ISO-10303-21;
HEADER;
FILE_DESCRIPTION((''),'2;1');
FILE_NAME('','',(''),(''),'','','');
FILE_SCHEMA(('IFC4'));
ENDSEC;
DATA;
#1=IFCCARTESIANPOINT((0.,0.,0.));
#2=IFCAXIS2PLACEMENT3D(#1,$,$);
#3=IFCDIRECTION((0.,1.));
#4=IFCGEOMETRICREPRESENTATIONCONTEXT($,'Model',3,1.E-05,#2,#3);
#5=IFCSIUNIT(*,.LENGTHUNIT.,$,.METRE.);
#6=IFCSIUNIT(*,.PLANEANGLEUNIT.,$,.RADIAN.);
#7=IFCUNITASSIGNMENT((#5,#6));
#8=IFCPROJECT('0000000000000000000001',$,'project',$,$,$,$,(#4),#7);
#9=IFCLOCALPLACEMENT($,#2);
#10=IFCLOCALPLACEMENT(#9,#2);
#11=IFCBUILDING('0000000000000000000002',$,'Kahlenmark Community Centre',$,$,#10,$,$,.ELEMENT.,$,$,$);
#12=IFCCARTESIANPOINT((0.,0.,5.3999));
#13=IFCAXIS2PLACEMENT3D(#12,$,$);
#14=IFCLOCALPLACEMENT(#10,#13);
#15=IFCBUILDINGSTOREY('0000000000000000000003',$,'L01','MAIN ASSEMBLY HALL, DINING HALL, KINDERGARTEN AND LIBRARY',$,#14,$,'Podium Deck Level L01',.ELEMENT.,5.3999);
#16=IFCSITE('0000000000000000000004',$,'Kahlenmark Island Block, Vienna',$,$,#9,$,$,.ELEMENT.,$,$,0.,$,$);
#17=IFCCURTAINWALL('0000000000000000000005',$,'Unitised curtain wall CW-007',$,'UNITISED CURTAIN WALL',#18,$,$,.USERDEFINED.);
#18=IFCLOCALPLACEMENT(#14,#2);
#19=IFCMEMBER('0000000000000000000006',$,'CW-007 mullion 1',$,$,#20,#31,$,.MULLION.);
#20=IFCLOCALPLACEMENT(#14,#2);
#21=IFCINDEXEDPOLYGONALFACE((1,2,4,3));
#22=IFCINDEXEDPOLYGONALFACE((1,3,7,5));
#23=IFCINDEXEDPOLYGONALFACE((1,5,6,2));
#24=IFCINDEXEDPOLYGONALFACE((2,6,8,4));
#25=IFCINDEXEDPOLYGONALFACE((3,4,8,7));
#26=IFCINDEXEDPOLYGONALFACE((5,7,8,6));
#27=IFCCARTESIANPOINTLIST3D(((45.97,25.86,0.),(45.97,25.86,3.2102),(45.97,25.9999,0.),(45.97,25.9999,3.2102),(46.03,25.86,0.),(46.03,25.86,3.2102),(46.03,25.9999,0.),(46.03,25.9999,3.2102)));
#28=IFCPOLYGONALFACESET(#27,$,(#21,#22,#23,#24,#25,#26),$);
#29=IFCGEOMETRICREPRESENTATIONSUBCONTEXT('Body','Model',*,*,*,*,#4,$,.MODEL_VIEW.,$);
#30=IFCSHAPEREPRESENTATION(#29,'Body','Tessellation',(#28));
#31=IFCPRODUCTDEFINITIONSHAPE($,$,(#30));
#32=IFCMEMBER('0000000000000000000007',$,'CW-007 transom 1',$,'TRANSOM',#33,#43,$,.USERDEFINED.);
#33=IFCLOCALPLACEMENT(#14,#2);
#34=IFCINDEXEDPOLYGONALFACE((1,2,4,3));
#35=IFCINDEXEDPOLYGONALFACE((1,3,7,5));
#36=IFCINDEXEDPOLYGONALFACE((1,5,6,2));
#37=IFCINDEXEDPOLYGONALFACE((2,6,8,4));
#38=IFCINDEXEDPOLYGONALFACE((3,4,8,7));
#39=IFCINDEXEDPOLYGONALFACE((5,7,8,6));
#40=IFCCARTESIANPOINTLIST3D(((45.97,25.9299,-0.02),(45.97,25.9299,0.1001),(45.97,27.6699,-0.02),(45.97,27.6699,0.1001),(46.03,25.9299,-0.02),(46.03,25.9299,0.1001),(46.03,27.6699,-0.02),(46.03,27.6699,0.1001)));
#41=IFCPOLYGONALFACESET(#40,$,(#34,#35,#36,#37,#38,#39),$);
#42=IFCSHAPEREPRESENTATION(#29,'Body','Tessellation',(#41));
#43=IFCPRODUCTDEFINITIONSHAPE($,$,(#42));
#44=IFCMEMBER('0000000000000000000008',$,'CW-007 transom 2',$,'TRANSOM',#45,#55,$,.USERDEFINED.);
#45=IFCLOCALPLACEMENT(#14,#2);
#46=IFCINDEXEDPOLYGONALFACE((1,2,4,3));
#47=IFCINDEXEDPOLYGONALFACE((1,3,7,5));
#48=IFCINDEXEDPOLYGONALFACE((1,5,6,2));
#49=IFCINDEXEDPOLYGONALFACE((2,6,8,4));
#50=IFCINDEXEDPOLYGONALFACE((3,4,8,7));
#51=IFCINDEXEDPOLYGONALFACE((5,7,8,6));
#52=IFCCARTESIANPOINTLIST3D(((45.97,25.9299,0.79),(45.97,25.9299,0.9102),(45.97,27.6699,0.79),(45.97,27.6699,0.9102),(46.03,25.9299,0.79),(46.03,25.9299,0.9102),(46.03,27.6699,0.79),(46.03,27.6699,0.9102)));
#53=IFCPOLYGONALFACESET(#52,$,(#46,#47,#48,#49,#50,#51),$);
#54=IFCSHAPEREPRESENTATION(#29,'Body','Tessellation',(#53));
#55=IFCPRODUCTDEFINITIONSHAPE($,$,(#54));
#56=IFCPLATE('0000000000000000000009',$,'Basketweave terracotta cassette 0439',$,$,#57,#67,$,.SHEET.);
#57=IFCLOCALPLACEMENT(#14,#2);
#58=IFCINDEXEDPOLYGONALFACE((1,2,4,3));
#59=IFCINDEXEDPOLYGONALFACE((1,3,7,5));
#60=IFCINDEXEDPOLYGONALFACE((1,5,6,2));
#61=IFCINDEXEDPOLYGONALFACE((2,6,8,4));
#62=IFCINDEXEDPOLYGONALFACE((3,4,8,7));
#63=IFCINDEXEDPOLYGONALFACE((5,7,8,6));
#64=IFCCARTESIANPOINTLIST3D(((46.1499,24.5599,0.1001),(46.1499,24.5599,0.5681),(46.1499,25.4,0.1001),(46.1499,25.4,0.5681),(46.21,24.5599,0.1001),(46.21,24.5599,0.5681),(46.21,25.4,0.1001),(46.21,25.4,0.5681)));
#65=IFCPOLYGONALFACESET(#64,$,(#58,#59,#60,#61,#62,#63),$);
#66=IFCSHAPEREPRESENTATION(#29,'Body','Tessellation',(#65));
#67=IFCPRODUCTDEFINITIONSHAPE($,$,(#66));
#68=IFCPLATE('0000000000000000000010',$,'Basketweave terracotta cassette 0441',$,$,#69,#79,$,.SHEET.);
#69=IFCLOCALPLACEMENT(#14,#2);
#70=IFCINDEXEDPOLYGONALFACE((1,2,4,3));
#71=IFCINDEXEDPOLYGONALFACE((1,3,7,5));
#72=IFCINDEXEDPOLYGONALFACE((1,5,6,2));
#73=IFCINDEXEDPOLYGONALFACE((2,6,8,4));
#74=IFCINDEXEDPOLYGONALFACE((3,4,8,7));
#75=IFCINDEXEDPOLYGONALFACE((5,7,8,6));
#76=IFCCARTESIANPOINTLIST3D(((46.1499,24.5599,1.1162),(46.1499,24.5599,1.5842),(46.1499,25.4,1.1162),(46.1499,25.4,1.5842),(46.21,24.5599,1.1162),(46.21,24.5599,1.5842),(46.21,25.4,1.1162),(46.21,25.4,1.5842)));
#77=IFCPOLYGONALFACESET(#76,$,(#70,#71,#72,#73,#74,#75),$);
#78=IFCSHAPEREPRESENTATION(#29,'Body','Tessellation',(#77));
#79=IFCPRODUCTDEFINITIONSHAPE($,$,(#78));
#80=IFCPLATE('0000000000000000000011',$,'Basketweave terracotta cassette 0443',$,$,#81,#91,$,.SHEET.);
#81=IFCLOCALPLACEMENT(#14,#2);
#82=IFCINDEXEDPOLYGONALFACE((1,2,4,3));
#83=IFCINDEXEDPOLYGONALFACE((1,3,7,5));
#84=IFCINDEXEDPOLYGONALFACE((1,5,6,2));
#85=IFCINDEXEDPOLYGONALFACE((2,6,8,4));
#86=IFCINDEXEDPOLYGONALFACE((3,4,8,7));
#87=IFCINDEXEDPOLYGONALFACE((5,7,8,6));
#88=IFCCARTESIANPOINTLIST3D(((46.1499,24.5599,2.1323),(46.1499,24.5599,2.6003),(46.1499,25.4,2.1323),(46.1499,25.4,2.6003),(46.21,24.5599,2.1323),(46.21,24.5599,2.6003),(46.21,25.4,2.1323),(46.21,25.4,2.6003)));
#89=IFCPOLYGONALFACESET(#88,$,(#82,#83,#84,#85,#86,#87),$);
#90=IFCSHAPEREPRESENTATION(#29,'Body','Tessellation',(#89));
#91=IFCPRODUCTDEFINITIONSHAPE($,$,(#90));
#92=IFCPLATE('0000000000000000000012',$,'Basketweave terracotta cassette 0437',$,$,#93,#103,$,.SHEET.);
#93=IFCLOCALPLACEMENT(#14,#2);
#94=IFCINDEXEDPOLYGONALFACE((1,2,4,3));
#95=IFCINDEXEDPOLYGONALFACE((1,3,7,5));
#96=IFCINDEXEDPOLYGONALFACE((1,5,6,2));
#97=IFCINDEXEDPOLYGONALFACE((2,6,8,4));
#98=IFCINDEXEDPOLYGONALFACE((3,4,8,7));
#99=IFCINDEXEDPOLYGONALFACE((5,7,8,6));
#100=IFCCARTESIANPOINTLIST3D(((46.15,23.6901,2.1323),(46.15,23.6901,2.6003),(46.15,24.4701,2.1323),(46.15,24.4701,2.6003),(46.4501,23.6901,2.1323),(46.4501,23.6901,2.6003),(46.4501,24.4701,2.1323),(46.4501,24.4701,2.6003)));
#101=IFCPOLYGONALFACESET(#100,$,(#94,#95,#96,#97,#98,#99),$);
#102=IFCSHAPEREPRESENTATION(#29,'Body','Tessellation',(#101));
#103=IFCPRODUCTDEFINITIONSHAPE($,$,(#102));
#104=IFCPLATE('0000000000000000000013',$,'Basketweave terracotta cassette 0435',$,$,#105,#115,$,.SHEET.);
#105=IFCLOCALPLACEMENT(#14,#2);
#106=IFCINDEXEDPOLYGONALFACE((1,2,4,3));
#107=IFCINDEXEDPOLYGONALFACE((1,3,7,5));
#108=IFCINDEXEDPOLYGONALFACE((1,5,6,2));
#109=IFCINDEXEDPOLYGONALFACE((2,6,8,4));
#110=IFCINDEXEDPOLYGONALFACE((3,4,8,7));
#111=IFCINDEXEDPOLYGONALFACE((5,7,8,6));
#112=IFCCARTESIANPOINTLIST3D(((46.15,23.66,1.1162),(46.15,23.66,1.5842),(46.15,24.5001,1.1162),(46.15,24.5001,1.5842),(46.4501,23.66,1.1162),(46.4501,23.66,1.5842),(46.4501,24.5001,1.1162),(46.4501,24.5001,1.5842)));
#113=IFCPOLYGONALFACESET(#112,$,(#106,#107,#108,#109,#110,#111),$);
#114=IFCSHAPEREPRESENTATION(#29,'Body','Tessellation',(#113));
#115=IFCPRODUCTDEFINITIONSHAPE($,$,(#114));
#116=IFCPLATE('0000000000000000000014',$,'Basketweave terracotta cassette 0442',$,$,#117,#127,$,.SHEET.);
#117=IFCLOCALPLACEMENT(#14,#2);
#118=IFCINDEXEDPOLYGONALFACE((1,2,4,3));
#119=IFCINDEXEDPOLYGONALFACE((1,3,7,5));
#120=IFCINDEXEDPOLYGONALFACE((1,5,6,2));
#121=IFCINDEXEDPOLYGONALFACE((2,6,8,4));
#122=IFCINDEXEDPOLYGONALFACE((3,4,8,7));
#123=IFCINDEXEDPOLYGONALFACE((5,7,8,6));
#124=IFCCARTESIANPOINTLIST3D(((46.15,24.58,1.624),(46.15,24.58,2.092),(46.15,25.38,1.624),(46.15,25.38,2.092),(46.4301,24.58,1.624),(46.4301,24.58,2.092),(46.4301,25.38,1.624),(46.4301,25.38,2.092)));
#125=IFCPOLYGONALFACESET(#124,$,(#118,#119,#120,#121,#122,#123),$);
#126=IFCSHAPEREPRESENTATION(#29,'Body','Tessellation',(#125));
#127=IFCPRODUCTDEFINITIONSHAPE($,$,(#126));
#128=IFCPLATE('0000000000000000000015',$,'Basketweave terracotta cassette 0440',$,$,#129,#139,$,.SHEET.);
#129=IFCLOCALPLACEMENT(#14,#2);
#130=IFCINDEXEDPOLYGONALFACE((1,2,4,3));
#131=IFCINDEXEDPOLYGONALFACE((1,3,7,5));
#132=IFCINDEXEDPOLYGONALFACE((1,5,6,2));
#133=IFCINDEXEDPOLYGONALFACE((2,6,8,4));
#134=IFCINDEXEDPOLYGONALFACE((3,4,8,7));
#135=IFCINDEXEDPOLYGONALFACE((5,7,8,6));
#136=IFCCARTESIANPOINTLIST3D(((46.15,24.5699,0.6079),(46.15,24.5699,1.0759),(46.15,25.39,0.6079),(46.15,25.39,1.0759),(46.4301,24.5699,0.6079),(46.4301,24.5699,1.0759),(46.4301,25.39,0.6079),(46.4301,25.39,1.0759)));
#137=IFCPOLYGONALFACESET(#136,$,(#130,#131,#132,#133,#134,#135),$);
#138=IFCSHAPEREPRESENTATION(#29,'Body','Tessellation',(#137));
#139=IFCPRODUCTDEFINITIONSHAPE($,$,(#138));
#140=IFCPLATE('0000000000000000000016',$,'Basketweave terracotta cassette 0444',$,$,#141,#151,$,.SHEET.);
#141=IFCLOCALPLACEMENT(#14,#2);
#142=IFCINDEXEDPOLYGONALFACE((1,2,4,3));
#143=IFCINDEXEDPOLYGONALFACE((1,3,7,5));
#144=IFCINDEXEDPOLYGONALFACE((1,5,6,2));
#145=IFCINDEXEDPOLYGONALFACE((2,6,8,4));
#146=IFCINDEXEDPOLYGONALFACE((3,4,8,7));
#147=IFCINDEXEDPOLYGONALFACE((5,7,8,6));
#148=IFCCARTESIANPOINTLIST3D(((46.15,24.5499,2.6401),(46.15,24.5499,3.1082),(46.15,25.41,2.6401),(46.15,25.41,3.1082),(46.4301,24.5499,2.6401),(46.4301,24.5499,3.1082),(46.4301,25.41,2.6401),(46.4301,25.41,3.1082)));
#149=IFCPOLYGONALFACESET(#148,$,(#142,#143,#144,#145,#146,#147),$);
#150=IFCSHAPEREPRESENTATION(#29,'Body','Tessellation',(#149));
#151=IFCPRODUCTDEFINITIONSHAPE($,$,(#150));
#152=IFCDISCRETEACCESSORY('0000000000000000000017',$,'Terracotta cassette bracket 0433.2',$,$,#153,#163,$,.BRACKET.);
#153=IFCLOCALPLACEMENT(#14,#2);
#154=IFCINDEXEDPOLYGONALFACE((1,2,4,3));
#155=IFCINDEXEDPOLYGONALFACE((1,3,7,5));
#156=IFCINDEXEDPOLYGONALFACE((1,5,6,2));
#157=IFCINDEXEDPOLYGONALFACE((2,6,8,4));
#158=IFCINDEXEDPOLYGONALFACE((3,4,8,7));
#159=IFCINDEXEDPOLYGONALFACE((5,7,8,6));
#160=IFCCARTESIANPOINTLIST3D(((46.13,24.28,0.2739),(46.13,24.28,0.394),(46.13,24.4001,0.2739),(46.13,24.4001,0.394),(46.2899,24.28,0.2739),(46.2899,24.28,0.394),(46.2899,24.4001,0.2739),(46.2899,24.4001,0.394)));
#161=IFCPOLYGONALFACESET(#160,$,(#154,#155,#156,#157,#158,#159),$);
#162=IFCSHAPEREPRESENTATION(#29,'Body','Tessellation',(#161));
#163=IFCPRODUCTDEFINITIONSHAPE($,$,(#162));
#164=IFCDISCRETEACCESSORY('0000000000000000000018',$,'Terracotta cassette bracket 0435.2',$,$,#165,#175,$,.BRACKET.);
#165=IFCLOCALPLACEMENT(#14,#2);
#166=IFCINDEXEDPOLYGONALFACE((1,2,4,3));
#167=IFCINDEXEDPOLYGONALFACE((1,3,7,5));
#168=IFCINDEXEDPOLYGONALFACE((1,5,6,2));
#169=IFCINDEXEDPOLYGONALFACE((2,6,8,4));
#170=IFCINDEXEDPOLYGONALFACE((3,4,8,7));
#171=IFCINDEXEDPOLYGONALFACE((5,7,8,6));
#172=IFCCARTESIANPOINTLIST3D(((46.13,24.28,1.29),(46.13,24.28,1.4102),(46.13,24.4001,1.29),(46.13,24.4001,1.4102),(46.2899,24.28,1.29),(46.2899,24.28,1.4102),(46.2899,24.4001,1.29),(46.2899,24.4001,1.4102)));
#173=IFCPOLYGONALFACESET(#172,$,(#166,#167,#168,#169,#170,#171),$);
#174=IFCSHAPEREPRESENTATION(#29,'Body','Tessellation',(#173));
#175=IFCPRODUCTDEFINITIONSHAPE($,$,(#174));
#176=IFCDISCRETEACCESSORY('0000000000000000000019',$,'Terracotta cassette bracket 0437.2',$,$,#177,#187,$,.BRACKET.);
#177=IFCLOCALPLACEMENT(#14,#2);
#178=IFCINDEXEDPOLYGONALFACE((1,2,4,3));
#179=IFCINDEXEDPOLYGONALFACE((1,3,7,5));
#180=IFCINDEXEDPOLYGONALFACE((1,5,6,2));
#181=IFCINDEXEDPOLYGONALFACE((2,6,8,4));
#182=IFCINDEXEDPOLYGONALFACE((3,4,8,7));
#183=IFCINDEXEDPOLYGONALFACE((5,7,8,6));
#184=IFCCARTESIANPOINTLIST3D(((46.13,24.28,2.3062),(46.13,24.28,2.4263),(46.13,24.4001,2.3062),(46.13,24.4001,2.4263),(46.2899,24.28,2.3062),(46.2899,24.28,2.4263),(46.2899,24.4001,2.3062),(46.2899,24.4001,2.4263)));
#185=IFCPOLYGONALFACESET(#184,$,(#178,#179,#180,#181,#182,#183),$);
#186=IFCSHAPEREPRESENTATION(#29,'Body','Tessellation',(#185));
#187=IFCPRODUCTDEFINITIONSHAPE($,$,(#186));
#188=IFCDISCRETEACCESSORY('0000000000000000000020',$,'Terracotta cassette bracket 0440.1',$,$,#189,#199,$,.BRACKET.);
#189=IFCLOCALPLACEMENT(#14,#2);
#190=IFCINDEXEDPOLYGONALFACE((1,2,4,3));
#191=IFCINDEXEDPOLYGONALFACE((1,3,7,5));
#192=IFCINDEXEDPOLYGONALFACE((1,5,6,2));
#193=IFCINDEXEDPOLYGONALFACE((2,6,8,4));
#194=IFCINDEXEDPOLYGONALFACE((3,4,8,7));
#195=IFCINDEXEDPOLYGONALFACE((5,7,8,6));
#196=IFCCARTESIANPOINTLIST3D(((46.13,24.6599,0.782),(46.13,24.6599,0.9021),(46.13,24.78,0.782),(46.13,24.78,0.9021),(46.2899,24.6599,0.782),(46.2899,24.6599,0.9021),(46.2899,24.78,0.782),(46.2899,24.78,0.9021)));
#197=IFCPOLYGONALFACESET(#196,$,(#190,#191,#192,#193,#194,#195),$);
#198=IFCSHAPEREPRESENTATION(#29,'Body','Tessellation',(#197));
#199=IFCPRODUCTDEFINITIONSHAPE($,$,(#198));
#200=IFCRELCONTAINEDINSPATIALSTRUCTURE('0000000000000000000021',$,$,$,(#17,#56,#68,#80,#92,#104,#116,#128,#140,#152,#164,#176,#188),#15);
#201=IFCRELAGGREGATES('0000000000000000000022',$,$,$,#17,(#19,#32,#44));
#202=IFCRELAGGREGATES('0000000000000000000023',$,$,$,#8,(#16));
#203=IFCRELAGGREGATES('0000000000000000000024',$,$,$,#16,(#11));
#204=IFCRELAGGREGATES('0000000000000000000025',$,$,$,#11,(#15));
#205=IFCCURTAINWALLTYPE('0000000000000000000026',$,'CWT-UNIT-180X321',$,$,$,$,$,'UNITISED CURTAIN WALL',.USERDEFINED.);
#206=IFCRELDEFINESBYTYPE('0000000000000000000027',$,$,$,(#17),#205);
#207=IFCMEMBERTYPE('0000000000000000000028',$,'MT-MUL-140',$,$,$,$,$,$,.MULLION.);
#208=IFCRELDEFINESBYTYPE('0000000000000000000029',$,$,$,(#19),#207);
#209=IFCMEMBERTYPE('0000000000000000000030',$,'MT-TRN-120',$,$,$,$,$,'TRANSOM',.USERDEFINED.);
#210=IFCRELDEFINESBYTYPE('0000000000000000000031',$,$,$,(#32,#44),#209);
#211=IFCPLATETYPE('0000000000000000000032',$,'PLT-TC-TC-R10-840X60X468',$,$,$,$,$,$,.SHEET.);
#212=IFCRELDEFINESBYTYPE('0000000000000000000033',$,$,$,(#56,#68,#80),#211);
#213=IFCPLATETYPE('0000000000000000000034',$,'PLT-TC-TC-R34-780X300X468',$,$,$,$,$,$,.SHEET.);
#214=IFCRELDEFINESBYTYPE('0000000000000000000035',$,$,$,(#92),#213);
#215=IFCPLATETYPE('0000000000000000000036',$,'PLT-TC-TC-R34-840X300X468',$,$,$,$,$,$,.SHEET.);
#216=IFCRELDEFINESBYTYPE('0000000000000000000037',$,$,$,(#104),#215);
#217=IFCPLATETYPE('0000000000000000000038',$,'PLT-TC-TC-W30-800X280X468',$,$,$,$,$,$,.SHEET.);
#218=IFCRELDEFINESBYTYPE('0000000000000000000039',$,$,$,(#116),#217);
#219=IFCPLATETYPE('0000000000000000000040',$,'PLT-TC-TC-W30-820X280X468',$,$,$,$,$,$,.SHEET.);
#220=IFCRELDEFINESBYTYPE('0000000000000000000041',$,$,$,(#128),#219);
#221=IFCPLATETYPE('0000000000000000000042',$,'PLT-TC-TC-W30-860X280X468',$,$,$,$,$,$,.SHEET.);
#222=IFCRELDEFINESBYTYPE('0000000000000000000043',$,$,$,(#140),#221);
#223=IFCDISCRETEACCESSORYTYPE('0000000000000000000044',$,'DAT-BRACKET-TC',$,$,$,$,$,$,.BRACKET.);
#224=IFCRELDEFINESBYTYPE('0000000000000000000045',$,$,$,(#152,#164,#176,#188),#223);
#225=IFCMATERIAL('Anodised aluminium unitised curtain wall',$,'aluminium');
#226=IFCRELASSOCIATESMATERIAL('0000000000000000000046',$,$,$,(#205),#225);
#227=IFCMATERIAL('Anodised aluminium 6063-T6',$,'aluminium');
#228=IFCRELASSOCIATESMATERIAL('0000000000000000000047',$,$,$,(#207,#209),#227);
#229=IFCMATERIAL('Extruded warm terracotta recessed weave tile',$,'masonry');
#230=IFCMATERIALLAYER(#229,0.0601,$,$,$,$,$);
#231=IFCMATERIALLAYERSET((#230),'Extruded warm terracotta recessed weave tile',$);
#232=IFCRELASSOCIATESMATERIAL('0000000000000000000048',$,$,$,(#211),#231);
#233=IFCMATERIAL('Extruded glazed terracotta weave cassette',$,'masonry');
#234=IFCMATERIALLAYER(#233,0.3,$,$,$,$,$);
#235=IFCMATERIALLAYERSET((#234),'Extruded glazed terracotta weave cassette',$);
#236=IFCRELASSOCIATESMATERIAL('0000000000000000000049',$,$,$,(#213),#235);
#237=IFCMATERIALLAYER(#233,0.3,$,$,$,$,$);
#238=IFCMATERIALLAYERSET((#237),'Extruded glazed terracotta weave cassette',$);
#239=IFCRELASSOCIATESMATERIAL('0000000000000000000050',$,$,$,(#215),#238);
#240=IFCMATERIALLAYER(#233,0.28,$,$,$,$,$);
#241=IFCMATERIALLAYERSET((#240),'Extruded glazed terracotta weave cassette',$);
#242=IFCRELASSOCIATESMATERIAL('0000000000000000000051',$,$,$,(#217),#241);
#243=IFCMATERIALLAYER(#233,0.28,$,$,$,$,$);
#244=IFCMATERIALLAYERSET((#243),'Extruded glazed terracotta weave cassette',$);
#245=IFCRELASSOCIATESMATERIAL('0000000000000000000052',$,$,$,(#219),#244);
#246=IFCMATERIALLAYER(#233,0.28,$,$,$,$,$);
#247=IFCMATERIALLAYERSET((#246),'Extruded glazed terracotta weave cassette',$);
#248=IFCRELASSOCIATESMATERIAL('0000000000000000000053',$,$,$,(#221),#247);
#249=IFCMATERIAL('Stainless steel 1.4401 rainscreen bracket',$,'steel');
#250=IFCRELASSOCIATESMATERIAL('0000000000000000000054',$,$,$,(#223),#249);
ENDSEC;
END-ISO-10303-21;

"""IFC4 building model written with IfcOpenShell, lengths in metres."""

from ifc_helpers import new_model, si_unit, direction, frame, origin, origin_2d, place, context, subcontext, project, spatial, rectangle, extrude, material, layer, layer_set, material_profile, profile_set, type_object, element, aggregate, save


model = new_model("IFC4")

# Units and contexts
model_context = context("Model", 3, precision=1e-05, world=origin(), true_north=direction((0.0, 1.0)))
body_context = subcontext(model_context, "Body", "Model", "MODEL_VIEW")
ifc_project = project(units=[si_unit("LENGTHUNIT", "METRE"), si_unit("PLANEANGLEUNIT", "RADIAN")], contexts=[model_context])

# Site, building, storey
site_placement = place(None, origin())
site = spatial("IfcSite", under=ifc_project, at=site_placement, Name="Kahlenmark Island Block, Vienna", CompositionType="ELEMENT", RefElevation=0.0)
building_placement = place(site_placement, origin())
building = spatial("IfcBuilding", under=site, at=building_placement, Name="Kahlenmark Community Centre", CompositionType="ELEMENT")
storey_placement = place(building_placement, frame((0.0, 0.0, 5.3999)))
storey = spatial("IfcBuildingStorey", under=building, at=storey_placement, Name="L01", Description="MAIN ASSEMBLY HALL, DINING HALL, KINDERGARTEN AND LIBRARY", LongName="Podium Deck Level L01", CompositionType="ELEMENT", Elevation=5.3999)

# Curtain wall, members
ifc_material_1 = material(Name="Anodised aluminium unitised curtain wall", Category="aluminium")
curtain_wall_type = type_object("IfcCurtainWallType", Name="CWT-UNIT-180X321", ElementType="UNITISED CURTAIN WALL", PredefinedType="USERDEFINED", material=ifc_material_1)
curtain_wall_placement = place(storey_placement, origin())
curtain_wall = element("IfcCurtainWall", 1, at=curtain_wall_placement, inside=storey, type_object=curtain_wall_type, Name="Unitised curtain wall CW-007", ObjectType="UNITISED CURTAIN WALL", PredefinedType="USERDEFINED")
ifc_material_2 = material(Name="Anodised aluminium 6063-T6", Category="aluminium")
ifc_material_profile_1 = material_profile(ifc_material_2, rectangle(XDim=0.0601, YDim=0.1399, at=origin_2d()), Name="ALU MULLION 60x140")
ifc_profile_set_1 = profile_set([ifc_material_profile_1], Name="Anodised aluminium 6063-T6")
member_type_1 = type_object("IfcMemberType", Name="MT-MUL-140", PredefinedType="MULLION", material=ifc_profile_set_1)
member_1_placement = place(storey_placement, frame((46.0, 25.9299, 0.0), z_axis=(0.0, 0.0, 1.0), x_axis=(-1.0, 0.0, 0.0)))
member_1 = element("IfcMember", 2, at=member_1_placement, type_object=member_type_1, Name="CW-007 mullion 1", PredefinedType="MULLION", context=body_context, shape_type="SweptSolid", body=[
    extrude(rectangle(XDim=0.0601, YDim=0.1399, at=origin_2d()), origin(), (0.0, 0.0, 1.0), 3.2102),
])
ifc_material_profile_2 = material_profile(ifc_material_2, rectangle(XDim=0.0601, YDim=0.1201, at=origin_2d()), Name="ALU TRANSOM 60x120")
ifc_profile_set_2 = profile_set([ifc_material_profile_2], Name="Anodised aluminium 6063-T6")
member_type_2 = type_object("IfcMemberType", Name="MT-TRN-120", ElementType="TRANSOM", PredefinedType="USERDEFINED", material=ifc_profile_set_2)
member_2_placement = place(storey_placement, frame((46.0, 25.9299, 0.04), z_axis=(0.0, 1.0, 0.0), x_axis=(-1.0, 0.0, 0.0)))
member_2 = element("IfcMember", 3, at=member_2_placement, type_object=member_type_2, Name="CW-007 transom 1", ObjectType="TRANSOM", PredefinedType="USERDEFINED", context=body_context, shape_type="SweptSolid", body=[
    extrude(rectangle(XDim=0.0601, YDim=0.1201, at=origin_2d()), origin(), (0.0, 0.0, 1.0), 1.74),
])
member_3_placement = place(storey_placement, frame((46.0, 25.9299, 0.8501), z_axis=(0.0, 1.0, 0.0), x_axis=(-1.0, 0.0, 0.0)))
member_3 = element("IfcMember", 4, at=member_3_placement, type_object=member_type_2, Name="CW-007 transom 2", ObjectType="TRANSOM", PredefinedType="USERDEFINED", context=body_context, shape_type="SweptSolid", body=[
    extrude(rectangle(XDim=0.0601, YDim=0.1201, at=origin_2d()), origin(), (0.0, 0.0, 1.0), 1.74),
])
aggregate(curtain_wall, [member_1, member_2, member_3])

# Plates
ifc_material_3 = material(Name="Extruded warm terracotta recessed weave tile", Category="masonry")
ifc_layer_1 = layer(ifc_material_3, 0.0601)
ifc_layer_set_1 = layer_set([ifc_layer_1], Name="Extruded warm terracotta recessed weave tile")
plate_type_1 = type_object("IfcPlateType", Name="PLT-TC-TC-R10-840X60X468", PredefinedType="SHEET", material=ifc_layer_set_1)
for number, where, z_axis, x_axis, name in (
    (5, (46.1799, 24.98, 0.1001), (0.0, 0.0, 1.0), (0.0, 1.0, 0.0), "Basketweave terracotta cassette 0439"),
    (6, (46.1799, 24.98, 1.1162), (0.0, 0.0, 1.0), (0.0, 1.0, 0.0), "Basketweave terracotta cassette 0441"),
    (7, (46.1799, 24.98, 2.1323), (0.0, 0.0, 1.0), (0.0, 1.0, 0.0), "Basketweave terracotta cassette 0443"),
):
    element("IfcPlate", number, at=place(storey_placement, frame(where, z_axis=z_axis, x_axis=x_axis)), inside=storey, type_object=plate_type_1, Name=name, PredefinedType="SHEET", context=body_context, shape_type="SweptSolid", body=[
        extrude(rectangle(XDim=0.8401, YDim=0.0601, at=origin_2d()), origin(), (0.0, 0.0, 1.0), 0.468),
    ])
ifc_material_4 = material(Name="Extruded glazed terracotta weave cassette", Category="masonry")
ifc_layer_2 = layer(ifc_material_4, 0.3)
ifc_layer_set_2 = layer_set([ifc_layer_2], Name="Extruded glazed terracotta weave cassette")
plate_type_2 = type_object("IfcPlateType", Name="PLT-TC-TC-R34-780X300X468", PredefinedType="SHEET", material=ifc_layer_set_2)
plate_1_placement = place(storey_placement, frame((46.3, 24.0801, 2.1323), z_axis=(0.0, 0.0, 1.0), x_axis=(0.0, 1.0, 0.0)))
element("IfcPlate", 8, at=plate_1_placement, inside=storey, type_object=plate_type_2, Name="Basketweave terracotta cassette 0437", PredefinedType="SHEET", context=body_context, shape_type="SweptSolid", body=[
    extrude(rectangle(XDim=0.78, YDim=0.3, at=origin_2d()), origin(), (0.0, 0.0, 1.0), 0.468),
])
ifc_layer_3 = layer(ifc_material_4, 0.3)
ifc_layer_set_3 = layer_set([ifc_layer_3], Name="Extruded glazed terracotta weave cassette")
plate_type_3 = type_object("IfcPlateType", Name="PLT-TC-TC-R34-840X300X468", PredefinedType="SHEET", material=ifc_layer_set_3)
plate_2_placement = place(storey_placement, frame((46.3, 24.0801, 1.1162), z_axis=(0.0, 0.0, 1.0), x_axis=(0.0, 1.0, 0.0)))
element("IfcPlate", 9, at=plate_2_placement, inside=storey, type_object=plate_type_3, Name="Basketweave terracotta cassette 0435", PredefinedType="SHEET", context=body_context, shape_type="SweptSolid", body=[
    extrude(rectangle(XDim=0.8401, YDim=0.3, at=origin_2d()), origin(), (0.0, 0.0, 1.0), 0.468),
])
ifc_layer_4 = layer(ifc_material_4, 0.28)
ifc_layer_set_4 = layer_set([ifc_layer_4], Name="Extruded glazed terracotta weave cassette")
plate_type_4 = type_object("IfcPlateType", Name="PLT-TC-TC-W30-800X280X468", PredefinedType="SHEET", material=ifc_layer_set_4)
plate_3_placement = place(storey_placement, frame((46.29, 24.98, 1.624), z_axis=(0.0, 0.0, 1.0), x_axis=(0.0, 1.0, 0.0)))
element("IfcPlate", 10, at=plate_3_placement, inside=storey, type_object=plate_type_4, Name="Basketweave terracotta cassette 0442", PredefinedType="SHEET", context=body_context, shape_type="SweptSolid", body=[
    extrude(rectangle(XDim=0.8, YDim=0.28, at=origin_2d()), origin(), (0.0, 0.0, 1.0), 0.468),
])
ifc_layer_5 = layer(ifc_material_4, 0.28)
ifc_layer_set_5 = layer_set([ifc_layer_5], Name="Extruded glazed terracotta weave cassette")
plate_type_5 = type_object("IfcPlateType", Name="PLT-TC-TC-W30-820X280X468", PredefinedType="SHEET", material=ifc_layer_set_5)
plate_4_placement = place(storey_placement, frame((46.29, 24.98, 0.6079), z_axis=(0.0, 0.0, 1.0), x_axis=(0.0, 1.0, 0.0)))
element("IfcPlate", 11, at=plate_4_placement, inside=storey, type_object=plate_type_5, Name="Basketweave terracotta cassette 0440", PredefinedType="SHEET", context=body_context, shape_type="SweptSolid", body=[
    extrude(rectangle(XDim=0.8201, YDim=0.28, at=origin_2d()), origin(), (0.0, 0.0, 1.0), 0.468),
])
ifc_layer_6 = layer(ifc_material_4, 0.28)
ifc_layer_set_6 = layer_set([ifc_layer_6], Name="Extruded glazed terracotta weave cassette")
plate_type_6 = type_object("IfcPlateType", Name="PLT-TC-TC-W30-860X280X468", PredefinedType="SHEET", material=ifc_layer_set_6)
plate_5_placement = place(storey_placement, frame((46.29, 24.98, 2.6401), z_axis=(0.0, 0.0, 1.0), x_axis=(0.0, 1.0, 0.0)))
element("IfcPlate", 12, at=plate_5_placement, inside=storey, type_object=plate_type_6, Name="Basketweave terracotta cassette 0444", PredefinedType="SHEET", context=body_context, shape_type="SweptSolid", body=[
    extrude(rectangle(XDim=0.8601, YDim=0.28, at=origin_2d()), origin(), (0.0, 0.0, 1.0), 0.468),
])

# Discrete accessories
ifc_material_5 = material(Name="Stainless steel 1.4401 rainscreen bracket", Category="steel")
discrete_accessory_type = type_object("IfcDiscreteAccessoryType", Name="DAT-BRACKET-TC", PredefinedType="BRACKET", material=ifc_material_5)
for number, where, z_axis, x_axis, name in (
    (13, (46.21, 24.3401, 0.2739), (0.0, 0.0, 1.0), (0.0, 1.0, 0.0), "Terracotta cassette bracket 0433.2"),
    (14, (46.21, 24.3401, 1.29), (0.0, 0.0, 1.0), (0.0, 1.0, 0.0), "Terracotta cassette bracket 0435.2"),
    (15, (46.21, 24.3401, 2.3062), (0.0, 0.0, 1.0), (0.0, 1.0, 0.0), "Terracotta cassette bracket 0437.2"),
    (16, (46.21, 24.72, 0.782), (0.0, 0.0, 1.0), (0.0, 1.0, 0.0), "Terracotta cassette bracket 0440.1"),
):
    element("IfcDiscreteAccessory", number, at=place(storey_placement, frame(where, z_axis=z_axis, x_axis=x_axis)), inside=storey, type_object=discrete_accessory_type, Name=name, PredefinedType="BRACKET", context=body_context, shape_type="SweptSolid", body=[
        extrude(rectangle(XDim=0.1201, YDim=0.1599, at=origin_2d()), origin(), (0.0, 0.0, 1.0), 0.1201),
    ])

save(model, "model.ifc")
